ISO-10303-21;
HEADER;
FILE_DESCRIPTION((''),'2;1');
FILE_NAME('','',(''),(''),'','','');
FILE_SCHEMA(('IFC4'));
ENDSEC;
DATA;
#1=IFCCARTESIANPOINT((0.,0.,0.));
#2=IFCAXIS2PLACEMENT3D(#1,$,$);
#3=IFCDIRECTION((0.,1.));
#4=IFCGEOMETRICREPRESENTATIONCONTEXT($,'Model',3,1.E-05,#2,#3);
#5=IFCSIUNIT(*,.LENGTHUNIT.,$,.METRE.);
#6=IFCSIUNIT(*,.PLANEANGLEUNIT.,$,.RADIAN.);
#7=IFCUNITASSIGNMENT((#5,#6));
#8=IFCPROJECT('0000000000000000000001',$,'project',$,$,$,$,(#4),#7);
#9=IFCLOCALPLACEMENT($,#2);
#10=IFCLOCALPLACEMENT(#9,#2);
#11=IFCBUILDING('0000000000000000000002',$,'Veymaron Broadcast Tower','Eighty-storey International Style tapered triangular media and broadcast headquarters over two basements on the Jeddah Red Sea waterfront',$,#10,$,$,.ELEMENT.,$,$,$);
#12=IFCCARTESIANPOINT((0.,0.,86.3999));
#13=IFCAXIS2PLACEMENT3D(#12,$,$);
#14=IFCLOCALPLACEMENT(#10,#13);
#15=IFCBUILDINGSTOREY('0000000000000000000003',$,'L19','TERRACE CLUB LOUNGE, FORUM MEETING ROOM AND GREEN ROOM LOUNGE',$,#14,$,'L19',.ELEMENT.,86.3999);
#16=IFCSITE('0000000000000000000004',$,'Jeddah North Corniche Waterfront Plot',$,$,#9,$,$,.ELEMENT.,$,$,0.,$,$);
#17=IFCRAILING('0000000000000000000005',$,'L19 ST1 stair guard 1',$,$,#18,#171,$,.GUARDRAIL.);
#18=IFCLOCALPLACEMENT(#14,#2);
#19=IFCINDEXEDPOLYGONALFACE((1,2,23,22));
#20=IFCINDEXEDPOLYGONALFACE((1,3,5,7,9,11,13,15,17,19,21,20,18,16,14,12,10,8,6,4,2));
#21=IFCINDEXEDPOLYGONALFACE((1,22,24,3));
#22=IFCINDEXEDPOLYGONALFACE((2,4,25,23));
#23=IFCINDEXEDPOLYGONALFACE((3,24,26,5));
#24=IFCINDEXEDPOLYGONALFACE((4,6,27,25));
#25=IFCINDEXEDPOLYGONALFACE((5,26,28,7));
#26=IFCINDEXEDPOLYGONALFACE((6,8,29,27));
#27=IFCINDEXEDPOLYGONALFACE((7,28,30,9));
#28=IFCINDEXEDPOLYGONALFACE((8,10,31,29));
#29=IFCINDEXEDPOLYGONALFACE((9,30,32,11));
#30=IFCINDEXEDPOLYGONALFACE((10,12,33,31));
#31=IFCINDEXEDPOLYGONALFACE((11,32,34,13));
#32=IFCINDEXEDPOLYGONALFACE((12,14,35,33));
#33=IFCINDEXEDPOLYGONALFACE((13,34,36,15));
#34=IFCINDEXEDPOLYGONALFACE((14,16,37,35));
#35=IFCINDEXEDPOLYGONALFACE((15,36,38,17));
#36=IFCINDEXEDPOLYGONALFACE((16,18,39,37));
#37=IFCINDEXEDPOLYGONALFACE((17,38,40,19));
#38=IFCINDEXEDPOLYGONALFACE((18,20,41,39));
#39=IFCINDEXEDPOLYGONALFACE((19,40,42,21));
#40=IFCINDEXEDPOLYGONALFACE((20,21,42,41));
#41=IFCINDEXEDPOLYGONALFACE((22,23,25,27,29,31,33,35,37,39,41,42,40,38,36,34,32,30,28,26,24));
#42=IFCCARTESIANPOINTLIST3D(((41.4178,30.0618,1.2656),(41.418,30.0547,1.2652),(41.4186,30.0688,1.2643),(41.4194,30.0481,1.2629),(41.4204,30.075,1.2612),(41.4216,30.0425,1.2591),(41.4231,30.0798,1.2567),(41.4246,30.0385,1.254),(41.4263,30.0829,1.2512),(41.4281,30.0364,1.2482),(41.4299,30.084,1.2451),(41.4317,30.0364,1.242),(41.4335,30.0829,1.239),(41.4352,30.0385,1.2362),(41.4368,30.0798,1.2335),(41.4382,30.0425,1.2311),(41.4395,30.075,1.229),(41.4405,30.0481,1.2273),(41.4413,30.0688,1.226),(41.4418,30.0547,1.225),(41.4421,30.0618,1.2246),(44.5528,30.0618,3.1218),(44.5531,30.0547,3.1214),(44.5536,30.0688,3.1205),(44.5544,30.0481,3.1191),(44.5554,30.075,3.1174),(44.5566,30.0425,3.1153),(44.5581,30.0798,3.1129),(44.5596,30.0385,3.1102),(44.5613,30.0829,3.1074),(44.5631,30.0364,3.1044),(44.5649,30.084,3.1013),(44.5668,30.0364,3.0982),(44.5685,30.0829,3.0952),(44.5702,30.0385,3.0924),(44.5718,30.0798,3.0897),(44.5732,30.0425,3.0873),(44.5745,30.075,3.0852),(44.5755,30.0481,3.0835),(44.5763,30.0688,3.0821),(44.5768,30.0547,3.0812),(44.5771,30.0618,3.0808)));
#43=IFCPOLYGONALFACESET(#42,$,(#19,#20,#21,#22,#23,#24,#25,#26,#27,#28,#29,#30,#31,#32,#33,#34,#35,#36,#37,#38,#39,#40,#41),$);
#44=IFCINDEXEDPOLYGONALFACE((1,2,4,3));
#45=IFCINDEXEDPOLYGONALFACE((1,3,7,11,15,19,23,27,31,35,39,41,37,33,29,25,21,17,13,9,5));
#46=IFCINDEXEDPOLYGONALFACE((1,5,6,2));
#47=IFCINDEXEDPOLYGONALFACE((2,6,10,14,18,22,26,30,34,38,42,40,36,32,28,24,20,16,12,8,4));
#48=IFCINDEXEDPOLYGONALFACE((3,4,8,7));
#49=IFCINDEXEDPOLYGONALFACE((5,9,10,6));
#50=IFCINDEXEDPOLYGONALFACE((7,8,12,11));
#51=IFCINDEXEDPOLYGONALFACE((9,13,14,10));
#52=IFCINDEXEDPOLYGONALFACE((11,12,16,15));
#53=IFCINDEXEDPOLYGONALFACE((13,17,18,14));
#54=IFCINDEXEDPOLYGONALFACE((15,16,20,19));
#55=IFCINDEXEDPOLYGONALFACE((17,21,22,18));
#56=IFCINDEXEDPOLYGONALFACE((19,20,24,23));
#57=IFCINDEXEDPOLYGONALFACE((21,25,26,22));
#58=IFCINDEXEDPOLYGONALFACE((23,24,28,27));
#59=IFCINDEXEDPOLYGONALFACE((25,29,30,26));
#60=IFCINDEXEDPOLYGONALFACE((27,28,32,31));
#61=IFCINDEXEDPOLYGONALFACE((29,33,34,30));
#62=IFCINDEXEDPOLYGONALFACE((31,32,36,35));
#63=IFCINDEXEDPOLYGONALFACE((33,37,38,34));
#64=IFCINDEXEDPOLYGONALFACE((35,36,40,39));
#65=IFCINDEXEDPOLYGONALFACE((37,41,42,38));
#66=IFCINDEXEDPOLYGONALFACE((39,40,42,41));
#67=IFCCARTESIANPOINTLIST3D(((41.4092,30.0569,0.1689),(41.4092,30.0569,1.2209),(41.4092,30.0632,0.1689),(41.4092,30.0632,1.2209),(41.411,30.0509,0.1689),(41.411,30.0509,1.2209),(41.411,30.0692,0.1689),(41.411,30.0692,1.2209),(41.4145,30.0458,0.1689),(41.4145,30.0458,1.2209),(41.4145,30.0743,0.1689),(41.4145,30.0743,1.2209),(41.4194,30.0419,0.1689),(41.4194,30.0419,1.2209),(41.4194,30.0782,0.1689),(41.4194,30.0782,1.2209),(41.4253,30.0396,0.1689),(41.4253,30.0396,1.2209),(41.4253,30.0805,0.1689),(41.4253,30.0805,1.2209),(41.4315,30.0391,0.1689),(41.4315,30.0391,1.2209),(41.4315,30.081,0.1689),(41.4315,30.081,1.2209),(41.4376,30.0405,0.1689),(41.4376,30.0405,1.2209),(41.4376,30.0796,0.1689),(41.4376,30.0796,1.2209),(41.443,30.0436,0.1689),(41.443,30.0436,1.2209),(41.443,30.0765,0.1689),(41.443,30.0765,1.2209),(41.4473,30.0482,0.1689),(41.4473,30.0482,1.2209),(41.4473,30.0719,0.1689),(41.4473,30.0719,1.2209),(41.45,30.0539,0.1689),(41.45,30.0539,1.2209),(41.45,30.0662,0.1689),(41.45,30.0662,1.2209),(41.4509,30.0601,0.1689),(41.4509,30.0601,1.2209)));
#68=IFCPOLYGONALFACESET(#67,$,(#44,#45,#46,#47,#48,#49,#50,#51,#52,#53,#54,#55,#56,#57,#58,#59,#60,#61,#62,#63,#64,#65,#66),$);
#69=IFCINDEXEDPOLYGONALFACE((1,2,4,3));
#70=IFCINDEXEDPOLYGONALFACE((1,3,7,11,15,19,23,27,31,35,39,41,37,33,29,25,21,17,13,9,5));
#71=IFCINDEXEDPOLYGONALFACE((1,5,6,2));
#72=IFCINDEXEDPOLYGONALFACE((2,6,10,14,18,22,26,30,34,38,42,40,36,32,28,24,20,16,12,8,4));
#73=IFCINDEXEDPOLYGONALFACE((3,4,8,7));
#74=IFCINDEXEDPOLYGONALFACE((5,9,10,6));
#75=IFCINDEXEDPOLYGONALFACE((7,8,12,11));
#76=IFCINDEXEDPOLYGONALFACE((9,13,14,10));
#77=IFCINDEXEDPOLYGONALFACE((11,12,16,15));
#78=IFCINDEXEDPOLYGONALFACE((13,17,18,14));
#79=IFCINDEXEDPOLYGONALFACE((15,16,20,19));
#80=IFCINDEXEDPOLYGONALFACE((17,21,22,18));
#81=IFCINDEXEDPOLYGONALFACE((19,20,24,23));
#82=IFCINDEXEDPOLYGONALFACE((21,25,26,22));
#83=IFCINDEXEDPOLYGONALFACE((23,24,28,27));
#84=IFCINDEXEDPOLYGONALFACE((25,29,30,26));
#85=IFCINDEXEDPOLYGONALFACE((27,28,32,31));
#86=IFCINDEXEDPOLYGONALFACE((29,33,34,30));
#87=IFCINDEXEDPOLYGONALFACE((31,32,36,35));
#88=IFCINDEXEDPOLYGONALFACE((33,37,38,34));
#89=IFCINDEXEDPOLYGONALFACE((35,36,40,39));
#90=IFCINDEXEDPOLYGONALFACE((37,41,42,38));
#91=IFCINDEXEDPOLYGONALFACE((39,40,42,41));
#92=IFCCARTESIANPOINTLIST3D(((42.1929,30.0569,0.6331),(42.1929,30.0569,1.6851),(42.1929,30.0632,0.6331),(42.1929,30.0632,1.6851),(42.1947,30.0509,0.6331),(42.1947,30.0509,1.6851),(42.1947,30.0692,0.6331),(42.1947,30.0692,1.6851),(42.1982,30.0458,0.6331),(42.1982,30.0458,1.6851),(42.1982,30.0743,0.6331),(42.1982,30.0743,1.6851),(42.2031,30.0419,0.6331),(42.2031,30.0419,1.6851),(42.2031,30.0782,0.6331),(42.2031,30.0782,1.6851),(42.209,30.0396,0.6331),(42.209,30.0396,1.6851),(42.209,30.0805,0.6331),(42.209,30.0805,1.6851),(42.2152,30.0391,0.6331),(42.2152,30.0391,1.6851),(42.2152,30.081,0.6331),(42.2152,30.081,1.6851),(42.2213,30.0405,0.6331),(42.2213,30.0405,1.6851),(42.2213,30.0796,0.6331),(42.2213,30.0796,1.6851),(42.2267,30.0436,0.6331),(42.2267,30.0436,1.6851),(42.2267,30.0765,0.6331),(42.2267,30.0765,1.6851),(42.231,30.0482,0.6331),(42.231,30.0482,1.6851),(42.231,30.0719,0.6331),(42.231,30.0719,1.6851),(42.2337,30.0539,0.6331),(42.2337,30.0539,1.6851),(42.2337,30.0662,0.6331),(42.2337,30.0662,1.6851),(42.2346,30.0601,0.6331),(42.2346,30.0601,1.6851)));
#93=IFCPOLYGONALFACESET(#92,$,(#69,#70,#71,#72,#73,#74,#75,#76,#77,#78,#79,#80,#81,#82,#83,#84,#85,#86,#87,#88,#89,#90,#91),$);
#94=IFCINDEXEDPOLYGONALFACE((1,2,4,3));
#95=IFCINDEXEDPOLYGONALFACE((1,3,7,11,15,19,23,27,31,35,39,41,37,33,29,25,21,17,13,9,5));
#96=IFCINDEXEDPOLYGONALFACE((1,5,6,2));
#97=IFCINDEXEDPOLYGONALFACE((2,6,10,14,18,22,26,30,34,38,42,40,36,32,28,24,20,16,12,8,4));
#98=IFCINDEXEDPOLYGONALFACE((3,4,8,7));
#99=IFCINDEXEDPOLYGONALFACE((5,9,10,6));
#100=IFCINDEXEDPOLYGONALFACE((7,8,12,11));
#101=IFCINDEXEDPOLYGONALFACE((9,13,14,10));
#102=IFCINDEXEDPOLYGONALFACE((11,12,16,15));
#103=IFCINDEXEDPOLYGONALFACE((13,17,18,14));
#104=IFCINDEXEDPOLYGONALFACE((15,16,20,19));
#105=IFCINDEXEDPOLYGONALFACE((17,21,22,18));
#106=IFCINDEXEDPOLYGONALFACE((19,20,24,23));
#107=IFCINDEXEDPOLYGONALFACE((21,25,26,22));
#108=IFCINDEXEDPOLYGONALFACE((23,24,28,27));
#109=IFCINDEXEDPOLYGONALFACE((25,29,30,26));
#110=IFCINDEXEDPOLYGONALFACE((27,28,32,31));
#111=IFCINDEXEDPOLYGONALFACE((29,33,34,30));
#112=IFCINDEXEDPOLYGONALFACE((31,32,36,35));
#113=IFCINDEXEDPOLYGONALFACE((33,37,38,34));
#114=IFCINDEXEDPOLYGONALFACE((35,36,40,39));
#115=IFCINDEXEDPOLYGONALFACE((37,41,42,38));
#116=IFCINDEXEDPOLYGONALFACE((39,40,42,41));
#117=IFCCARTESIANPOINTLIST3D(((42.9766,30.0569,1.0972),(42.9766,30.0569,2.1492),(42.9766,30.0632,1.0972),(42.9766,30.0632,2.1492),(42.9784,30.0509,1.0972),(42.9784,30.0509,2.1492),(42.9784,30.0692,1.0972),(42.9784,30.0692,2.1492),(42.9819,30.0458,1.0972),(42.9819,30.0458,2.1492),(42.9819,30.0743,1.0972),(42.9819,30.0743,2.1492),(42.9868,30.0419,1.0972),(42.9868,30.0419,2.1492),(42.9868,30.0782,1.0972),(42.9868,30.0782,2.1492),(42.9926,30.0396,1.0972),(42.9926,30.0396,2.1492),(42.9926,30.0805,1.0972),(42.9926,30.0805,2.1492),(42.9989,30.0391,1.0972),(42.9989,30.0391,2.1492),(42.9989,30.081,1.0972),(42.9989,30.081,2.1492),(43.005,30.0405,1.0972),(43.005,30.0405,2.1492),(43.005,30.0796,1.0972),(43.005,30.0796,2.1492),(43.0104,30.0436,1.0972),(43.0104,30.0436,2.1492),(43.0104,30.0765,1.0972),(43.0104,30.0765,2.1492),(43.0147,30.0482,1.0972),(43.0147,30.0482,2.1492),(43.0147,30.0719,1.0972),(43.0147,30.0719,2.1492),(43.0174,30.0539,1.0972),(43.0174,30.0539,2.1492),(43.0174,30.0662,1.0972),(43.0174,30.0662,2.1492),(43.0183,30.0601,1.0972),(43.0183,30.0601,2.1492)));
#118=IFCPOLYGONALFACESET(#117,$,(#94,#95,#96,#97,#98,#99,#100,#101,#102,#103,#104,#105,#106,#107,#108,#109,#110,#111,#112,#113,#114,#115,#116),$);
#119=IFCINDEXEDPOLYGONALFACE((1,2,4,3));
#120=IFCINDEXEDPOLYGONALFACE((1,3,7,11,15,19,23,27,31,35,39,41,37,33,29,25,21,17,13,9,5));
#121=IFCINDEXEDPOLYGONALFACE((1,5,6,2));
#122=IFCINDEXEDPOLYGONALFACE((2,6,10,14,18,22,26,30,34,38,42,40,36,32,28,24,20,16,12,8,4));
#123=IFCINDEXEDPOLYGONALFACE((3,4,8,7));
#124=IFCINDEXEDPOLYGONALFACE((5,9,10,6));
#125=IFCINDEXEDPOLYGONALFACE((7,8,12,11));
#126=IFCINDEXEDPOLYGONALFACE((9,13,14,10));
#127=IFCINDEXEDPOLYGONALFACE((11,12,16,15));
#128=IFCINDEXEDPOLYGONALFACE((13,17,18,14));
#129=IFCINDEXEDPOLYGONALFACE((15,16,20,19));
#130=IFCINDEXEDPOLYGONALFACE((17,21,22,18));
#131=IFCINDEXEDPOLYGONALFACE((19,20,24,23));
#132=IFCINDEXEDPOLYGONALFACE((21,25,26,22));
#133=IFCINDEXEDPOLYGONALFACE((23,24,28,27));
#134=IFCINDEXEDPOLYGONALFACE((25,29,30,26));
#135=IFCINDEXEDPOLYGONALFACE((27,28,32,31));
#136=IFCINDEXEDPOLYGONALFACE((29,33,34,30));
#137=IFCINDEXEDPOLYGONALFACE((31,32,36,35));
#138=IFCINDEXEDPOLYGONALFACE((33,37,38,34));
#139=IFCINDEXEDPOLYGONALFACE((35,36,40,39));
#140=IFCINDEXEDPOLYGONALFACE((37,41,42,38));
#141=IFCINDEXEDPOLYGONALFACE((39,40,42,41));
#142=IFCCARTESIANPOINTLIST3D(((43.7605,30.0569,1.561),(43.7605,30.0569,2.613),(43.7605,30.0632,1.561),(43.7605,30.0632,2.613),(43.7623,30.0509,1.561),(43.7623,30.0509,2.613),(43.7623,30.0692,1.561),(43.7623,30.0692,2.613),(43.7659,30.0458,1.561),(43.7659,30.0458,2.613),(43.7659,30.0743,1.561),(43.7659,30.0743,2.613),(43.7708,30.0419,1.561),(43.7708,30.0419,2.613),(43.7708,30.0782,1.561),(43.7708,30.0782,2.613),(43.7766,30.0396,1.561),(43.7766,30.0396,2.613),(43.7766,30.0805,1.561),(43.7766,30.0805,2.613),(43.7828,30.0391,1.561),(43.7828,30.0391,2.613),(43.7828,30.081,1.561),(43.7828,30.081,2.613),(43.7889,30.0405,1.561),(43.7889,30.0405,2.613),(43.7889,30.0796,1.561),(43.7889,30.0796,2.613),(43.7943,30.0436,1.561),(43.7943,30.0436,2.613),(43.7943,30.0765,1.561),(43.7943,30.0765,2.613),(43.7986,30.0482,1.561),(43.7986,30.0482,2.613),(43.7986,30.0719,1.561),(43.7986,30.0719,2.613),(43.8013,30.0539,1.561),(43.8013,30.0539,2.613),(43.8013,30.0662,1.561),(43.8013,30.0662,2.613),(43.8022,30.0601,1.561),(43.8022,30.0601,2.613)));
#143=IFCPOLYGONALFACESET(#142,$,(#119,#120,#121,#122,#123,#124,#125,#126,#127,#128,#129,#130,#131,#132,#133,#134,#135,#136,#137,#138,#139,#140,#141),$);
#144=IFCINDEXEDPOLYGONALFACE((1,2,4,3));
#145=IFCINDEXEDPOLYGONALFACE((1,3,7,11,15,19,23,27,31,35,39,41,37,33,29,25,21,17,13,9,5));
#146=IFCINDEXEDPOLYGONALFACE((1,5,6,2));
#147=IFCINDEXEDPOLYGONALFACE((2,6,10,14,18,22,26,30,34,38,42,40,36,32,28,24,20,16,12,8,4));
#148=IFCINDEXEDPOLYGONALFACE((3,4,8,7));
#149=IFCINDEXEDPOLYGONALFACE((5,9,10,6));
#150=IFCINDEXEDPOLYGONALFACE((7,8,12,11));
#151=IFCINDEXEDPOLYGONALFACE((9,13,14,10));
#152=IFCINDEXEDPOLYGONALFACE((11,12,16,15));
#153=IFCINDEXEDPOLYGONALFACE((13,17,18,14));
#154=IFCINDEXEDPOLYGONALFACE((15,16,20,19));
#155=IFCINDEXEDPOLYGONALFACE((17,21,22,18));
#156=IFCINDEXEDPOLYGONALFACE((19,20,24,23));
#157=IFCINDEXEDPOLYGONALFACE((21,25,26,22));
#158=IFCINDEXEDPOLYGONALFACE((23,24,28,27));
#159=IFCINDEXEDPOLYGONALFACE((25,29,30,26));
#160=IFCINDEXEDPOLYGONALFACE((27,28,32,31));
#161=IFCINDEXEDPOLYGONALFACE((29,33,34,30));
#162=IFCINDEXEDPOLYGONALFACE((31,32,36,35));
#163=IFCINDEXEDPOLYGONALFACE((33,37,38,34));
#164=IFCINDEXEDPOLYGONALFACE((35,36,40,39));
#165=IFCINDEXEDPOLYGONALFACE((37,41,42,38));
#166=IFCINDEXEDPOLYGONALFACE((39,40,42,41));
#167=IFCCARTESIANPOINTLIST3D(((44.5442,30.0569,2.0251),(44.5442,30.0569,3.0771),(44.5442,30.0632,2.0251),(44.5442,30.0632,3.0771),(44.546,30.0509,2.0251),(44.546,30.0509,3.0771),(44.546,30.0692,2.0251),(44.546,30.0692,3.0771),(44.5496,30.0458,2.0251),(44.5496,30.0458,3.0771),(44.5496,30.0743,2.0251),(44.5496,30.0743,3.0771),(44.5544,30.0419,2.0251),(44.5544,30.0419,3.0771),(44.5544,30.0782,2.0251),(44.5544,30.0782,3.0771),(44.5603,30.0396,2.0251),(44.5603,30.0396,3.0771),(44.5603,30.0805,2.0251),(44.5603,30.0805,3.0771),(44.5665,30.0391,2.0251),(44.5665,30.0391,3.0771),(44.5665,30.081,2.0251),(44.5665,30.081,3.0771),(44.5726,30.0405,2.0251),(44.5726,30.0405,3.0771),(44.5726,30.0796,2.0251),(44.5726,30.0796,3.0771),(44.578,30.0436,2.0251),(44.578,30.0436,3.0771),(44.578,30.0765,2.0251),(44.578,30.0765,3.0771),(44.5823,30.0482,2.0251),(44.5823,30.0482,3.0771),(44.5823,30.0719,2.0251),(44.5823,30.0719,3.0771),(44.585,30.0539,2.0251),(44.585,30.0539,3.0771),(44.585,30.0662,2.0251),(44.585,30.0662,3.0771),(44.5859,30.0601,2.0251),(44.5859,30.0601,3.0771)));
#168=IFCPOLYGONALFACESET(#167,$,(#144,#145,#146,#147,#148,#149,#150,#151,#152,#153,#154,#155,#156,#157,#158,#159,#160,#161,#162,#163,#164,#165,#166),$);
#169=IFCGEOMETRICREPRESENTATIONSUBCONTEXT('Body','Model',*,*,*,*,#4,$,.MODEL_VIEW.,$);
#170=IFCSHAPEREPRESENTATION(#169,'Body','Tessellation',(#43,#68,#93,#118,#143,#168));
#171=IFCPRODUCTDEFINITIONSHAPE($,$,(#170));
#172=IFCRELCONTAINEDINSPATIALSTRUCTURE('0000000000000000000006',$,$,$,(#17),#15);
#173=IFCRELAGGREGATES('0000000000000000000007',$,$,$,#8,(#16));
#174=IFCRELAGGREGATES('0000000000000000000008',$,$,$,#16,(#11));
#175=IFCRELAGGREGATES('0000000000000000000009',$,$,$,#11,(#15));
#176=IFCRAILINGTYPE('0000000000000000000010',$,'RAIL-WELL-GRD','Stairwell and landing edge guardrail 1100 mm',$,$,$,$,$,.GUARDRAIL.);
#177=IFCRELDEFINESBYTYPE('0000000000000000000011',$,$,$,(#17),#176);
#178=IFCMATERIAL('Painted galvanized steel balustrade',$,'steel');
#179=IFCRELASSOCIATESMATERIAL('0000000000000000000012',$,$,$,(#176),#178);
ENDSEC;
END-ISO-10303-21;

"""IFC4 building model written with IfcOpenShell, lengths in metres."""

from ifc_helpers import new_model, si_unit, direction, frame, origin, origin_2d, place, context, subcontext, project, spatial, circle, extrude, material, type_object, element, save


model = new_model("IFC4")

# Units and contexts
model_context = context("Model", 3, precision=1e-05, world=origin(), true_north=direction((0.0, 1.0)))
body_context = subcontext(model_context, "Body", "Model", "MODEL_VIEW")
ifc_project = project(units=[si_unit("LENGTHUNIT", "METRE"), si_unit("PLANEANGLEUNIT", "RADIAN")], contexts=[model_context])

# Site, building, storey
site_placement = place(None, origin())
site = spatial("IfcSite", under=ifc_project, at=site_placement, Name="Jeddah North Corniche Waterfront Plot", CompositionType="ELEMENT", RefElevation=0.0)
building_placement = place(site_placement, origin())
building = spatial("IfcBuilding", under=site, at=building_placement, Name="Veymaron Broadcast Tower", Description="Eighty-storey International Style tapered triangular media and broadcast headquarters over two basements on the Jeddah Red Sea waterfront", CompositionType="ELEMENT")
storey_placement = place(building_placement, frame((0.0, 0.0, 86.3999)))
storey = spatial("IfcBuildingStorey", under=building, at=storey_placement, Name="L19", Description="TERRACE CLUB LOUNGE, FORUM MEETING ROOM AND GREEN ROOM LOUNGE", LongName="L19", CompositionType="ELEMENT", Elevation=86.3999)

# Railing
ifc_material_1 = material(Name="Painted galvanized steel balustrade", Category="steel")
railing_type_1 = type_object("IfcRailingType", Name="RAIL-WELL-GRD", Description="Stairwell and landing edge guardrail 1100 mm", PredefinedType="GUARDRAIL", material=ifc_material_1)
railing_1_placement = place(storey_placement, frame((41.4299, 30.0601, 0.1689)))
element("IfcRailing", 1, at=railing_1_placement, inside=storey, type_object=railing_type_1, Name="L19 ST1 stair guard 1", PredefinedType="GUARDRAIL", context=body_context, shape_type="SweptSolid", body=[
    extrude(circle(Radius=0.0239, at=origin_2d()), frame((0.0, 0.0, 1.0762), z_axis=(0.860482, 0.0, 0.509481), x_axis=(0.0, 1.0, 0.0)), (0.0, 0.0, 1.0), 3.6433),
    extrude(circle(Radius=0.021, at=origin_2d()), origin(), (0.0, 0.0, 1.0), 1.052),
    extrude(circle(Radius=0.021, at=origin_2d()), frame((0.7837, 0.0, 0.4641)), (0.0, 0.0, 1.0), 1.052),
    extrude(circle(Radius=0.021, at=origin_2d()), frame((1.5674, 0.0, 0.9282)), (0.0, 0.0, 1.0), 1.052),
    extrude(circle(Radius=0.021, at=origin_2d()), frame((2.3513, 0.0, 1.3921)), (0.0, 0.0, 1.0), 1.052),
    extrude(circle(Radius=0.021, at=origin_2d()), frame((3.135, 0.0, 1.8562)), (0.0, 0.0, 1.0), 1.052),
])

save(model, "model.ifc")
